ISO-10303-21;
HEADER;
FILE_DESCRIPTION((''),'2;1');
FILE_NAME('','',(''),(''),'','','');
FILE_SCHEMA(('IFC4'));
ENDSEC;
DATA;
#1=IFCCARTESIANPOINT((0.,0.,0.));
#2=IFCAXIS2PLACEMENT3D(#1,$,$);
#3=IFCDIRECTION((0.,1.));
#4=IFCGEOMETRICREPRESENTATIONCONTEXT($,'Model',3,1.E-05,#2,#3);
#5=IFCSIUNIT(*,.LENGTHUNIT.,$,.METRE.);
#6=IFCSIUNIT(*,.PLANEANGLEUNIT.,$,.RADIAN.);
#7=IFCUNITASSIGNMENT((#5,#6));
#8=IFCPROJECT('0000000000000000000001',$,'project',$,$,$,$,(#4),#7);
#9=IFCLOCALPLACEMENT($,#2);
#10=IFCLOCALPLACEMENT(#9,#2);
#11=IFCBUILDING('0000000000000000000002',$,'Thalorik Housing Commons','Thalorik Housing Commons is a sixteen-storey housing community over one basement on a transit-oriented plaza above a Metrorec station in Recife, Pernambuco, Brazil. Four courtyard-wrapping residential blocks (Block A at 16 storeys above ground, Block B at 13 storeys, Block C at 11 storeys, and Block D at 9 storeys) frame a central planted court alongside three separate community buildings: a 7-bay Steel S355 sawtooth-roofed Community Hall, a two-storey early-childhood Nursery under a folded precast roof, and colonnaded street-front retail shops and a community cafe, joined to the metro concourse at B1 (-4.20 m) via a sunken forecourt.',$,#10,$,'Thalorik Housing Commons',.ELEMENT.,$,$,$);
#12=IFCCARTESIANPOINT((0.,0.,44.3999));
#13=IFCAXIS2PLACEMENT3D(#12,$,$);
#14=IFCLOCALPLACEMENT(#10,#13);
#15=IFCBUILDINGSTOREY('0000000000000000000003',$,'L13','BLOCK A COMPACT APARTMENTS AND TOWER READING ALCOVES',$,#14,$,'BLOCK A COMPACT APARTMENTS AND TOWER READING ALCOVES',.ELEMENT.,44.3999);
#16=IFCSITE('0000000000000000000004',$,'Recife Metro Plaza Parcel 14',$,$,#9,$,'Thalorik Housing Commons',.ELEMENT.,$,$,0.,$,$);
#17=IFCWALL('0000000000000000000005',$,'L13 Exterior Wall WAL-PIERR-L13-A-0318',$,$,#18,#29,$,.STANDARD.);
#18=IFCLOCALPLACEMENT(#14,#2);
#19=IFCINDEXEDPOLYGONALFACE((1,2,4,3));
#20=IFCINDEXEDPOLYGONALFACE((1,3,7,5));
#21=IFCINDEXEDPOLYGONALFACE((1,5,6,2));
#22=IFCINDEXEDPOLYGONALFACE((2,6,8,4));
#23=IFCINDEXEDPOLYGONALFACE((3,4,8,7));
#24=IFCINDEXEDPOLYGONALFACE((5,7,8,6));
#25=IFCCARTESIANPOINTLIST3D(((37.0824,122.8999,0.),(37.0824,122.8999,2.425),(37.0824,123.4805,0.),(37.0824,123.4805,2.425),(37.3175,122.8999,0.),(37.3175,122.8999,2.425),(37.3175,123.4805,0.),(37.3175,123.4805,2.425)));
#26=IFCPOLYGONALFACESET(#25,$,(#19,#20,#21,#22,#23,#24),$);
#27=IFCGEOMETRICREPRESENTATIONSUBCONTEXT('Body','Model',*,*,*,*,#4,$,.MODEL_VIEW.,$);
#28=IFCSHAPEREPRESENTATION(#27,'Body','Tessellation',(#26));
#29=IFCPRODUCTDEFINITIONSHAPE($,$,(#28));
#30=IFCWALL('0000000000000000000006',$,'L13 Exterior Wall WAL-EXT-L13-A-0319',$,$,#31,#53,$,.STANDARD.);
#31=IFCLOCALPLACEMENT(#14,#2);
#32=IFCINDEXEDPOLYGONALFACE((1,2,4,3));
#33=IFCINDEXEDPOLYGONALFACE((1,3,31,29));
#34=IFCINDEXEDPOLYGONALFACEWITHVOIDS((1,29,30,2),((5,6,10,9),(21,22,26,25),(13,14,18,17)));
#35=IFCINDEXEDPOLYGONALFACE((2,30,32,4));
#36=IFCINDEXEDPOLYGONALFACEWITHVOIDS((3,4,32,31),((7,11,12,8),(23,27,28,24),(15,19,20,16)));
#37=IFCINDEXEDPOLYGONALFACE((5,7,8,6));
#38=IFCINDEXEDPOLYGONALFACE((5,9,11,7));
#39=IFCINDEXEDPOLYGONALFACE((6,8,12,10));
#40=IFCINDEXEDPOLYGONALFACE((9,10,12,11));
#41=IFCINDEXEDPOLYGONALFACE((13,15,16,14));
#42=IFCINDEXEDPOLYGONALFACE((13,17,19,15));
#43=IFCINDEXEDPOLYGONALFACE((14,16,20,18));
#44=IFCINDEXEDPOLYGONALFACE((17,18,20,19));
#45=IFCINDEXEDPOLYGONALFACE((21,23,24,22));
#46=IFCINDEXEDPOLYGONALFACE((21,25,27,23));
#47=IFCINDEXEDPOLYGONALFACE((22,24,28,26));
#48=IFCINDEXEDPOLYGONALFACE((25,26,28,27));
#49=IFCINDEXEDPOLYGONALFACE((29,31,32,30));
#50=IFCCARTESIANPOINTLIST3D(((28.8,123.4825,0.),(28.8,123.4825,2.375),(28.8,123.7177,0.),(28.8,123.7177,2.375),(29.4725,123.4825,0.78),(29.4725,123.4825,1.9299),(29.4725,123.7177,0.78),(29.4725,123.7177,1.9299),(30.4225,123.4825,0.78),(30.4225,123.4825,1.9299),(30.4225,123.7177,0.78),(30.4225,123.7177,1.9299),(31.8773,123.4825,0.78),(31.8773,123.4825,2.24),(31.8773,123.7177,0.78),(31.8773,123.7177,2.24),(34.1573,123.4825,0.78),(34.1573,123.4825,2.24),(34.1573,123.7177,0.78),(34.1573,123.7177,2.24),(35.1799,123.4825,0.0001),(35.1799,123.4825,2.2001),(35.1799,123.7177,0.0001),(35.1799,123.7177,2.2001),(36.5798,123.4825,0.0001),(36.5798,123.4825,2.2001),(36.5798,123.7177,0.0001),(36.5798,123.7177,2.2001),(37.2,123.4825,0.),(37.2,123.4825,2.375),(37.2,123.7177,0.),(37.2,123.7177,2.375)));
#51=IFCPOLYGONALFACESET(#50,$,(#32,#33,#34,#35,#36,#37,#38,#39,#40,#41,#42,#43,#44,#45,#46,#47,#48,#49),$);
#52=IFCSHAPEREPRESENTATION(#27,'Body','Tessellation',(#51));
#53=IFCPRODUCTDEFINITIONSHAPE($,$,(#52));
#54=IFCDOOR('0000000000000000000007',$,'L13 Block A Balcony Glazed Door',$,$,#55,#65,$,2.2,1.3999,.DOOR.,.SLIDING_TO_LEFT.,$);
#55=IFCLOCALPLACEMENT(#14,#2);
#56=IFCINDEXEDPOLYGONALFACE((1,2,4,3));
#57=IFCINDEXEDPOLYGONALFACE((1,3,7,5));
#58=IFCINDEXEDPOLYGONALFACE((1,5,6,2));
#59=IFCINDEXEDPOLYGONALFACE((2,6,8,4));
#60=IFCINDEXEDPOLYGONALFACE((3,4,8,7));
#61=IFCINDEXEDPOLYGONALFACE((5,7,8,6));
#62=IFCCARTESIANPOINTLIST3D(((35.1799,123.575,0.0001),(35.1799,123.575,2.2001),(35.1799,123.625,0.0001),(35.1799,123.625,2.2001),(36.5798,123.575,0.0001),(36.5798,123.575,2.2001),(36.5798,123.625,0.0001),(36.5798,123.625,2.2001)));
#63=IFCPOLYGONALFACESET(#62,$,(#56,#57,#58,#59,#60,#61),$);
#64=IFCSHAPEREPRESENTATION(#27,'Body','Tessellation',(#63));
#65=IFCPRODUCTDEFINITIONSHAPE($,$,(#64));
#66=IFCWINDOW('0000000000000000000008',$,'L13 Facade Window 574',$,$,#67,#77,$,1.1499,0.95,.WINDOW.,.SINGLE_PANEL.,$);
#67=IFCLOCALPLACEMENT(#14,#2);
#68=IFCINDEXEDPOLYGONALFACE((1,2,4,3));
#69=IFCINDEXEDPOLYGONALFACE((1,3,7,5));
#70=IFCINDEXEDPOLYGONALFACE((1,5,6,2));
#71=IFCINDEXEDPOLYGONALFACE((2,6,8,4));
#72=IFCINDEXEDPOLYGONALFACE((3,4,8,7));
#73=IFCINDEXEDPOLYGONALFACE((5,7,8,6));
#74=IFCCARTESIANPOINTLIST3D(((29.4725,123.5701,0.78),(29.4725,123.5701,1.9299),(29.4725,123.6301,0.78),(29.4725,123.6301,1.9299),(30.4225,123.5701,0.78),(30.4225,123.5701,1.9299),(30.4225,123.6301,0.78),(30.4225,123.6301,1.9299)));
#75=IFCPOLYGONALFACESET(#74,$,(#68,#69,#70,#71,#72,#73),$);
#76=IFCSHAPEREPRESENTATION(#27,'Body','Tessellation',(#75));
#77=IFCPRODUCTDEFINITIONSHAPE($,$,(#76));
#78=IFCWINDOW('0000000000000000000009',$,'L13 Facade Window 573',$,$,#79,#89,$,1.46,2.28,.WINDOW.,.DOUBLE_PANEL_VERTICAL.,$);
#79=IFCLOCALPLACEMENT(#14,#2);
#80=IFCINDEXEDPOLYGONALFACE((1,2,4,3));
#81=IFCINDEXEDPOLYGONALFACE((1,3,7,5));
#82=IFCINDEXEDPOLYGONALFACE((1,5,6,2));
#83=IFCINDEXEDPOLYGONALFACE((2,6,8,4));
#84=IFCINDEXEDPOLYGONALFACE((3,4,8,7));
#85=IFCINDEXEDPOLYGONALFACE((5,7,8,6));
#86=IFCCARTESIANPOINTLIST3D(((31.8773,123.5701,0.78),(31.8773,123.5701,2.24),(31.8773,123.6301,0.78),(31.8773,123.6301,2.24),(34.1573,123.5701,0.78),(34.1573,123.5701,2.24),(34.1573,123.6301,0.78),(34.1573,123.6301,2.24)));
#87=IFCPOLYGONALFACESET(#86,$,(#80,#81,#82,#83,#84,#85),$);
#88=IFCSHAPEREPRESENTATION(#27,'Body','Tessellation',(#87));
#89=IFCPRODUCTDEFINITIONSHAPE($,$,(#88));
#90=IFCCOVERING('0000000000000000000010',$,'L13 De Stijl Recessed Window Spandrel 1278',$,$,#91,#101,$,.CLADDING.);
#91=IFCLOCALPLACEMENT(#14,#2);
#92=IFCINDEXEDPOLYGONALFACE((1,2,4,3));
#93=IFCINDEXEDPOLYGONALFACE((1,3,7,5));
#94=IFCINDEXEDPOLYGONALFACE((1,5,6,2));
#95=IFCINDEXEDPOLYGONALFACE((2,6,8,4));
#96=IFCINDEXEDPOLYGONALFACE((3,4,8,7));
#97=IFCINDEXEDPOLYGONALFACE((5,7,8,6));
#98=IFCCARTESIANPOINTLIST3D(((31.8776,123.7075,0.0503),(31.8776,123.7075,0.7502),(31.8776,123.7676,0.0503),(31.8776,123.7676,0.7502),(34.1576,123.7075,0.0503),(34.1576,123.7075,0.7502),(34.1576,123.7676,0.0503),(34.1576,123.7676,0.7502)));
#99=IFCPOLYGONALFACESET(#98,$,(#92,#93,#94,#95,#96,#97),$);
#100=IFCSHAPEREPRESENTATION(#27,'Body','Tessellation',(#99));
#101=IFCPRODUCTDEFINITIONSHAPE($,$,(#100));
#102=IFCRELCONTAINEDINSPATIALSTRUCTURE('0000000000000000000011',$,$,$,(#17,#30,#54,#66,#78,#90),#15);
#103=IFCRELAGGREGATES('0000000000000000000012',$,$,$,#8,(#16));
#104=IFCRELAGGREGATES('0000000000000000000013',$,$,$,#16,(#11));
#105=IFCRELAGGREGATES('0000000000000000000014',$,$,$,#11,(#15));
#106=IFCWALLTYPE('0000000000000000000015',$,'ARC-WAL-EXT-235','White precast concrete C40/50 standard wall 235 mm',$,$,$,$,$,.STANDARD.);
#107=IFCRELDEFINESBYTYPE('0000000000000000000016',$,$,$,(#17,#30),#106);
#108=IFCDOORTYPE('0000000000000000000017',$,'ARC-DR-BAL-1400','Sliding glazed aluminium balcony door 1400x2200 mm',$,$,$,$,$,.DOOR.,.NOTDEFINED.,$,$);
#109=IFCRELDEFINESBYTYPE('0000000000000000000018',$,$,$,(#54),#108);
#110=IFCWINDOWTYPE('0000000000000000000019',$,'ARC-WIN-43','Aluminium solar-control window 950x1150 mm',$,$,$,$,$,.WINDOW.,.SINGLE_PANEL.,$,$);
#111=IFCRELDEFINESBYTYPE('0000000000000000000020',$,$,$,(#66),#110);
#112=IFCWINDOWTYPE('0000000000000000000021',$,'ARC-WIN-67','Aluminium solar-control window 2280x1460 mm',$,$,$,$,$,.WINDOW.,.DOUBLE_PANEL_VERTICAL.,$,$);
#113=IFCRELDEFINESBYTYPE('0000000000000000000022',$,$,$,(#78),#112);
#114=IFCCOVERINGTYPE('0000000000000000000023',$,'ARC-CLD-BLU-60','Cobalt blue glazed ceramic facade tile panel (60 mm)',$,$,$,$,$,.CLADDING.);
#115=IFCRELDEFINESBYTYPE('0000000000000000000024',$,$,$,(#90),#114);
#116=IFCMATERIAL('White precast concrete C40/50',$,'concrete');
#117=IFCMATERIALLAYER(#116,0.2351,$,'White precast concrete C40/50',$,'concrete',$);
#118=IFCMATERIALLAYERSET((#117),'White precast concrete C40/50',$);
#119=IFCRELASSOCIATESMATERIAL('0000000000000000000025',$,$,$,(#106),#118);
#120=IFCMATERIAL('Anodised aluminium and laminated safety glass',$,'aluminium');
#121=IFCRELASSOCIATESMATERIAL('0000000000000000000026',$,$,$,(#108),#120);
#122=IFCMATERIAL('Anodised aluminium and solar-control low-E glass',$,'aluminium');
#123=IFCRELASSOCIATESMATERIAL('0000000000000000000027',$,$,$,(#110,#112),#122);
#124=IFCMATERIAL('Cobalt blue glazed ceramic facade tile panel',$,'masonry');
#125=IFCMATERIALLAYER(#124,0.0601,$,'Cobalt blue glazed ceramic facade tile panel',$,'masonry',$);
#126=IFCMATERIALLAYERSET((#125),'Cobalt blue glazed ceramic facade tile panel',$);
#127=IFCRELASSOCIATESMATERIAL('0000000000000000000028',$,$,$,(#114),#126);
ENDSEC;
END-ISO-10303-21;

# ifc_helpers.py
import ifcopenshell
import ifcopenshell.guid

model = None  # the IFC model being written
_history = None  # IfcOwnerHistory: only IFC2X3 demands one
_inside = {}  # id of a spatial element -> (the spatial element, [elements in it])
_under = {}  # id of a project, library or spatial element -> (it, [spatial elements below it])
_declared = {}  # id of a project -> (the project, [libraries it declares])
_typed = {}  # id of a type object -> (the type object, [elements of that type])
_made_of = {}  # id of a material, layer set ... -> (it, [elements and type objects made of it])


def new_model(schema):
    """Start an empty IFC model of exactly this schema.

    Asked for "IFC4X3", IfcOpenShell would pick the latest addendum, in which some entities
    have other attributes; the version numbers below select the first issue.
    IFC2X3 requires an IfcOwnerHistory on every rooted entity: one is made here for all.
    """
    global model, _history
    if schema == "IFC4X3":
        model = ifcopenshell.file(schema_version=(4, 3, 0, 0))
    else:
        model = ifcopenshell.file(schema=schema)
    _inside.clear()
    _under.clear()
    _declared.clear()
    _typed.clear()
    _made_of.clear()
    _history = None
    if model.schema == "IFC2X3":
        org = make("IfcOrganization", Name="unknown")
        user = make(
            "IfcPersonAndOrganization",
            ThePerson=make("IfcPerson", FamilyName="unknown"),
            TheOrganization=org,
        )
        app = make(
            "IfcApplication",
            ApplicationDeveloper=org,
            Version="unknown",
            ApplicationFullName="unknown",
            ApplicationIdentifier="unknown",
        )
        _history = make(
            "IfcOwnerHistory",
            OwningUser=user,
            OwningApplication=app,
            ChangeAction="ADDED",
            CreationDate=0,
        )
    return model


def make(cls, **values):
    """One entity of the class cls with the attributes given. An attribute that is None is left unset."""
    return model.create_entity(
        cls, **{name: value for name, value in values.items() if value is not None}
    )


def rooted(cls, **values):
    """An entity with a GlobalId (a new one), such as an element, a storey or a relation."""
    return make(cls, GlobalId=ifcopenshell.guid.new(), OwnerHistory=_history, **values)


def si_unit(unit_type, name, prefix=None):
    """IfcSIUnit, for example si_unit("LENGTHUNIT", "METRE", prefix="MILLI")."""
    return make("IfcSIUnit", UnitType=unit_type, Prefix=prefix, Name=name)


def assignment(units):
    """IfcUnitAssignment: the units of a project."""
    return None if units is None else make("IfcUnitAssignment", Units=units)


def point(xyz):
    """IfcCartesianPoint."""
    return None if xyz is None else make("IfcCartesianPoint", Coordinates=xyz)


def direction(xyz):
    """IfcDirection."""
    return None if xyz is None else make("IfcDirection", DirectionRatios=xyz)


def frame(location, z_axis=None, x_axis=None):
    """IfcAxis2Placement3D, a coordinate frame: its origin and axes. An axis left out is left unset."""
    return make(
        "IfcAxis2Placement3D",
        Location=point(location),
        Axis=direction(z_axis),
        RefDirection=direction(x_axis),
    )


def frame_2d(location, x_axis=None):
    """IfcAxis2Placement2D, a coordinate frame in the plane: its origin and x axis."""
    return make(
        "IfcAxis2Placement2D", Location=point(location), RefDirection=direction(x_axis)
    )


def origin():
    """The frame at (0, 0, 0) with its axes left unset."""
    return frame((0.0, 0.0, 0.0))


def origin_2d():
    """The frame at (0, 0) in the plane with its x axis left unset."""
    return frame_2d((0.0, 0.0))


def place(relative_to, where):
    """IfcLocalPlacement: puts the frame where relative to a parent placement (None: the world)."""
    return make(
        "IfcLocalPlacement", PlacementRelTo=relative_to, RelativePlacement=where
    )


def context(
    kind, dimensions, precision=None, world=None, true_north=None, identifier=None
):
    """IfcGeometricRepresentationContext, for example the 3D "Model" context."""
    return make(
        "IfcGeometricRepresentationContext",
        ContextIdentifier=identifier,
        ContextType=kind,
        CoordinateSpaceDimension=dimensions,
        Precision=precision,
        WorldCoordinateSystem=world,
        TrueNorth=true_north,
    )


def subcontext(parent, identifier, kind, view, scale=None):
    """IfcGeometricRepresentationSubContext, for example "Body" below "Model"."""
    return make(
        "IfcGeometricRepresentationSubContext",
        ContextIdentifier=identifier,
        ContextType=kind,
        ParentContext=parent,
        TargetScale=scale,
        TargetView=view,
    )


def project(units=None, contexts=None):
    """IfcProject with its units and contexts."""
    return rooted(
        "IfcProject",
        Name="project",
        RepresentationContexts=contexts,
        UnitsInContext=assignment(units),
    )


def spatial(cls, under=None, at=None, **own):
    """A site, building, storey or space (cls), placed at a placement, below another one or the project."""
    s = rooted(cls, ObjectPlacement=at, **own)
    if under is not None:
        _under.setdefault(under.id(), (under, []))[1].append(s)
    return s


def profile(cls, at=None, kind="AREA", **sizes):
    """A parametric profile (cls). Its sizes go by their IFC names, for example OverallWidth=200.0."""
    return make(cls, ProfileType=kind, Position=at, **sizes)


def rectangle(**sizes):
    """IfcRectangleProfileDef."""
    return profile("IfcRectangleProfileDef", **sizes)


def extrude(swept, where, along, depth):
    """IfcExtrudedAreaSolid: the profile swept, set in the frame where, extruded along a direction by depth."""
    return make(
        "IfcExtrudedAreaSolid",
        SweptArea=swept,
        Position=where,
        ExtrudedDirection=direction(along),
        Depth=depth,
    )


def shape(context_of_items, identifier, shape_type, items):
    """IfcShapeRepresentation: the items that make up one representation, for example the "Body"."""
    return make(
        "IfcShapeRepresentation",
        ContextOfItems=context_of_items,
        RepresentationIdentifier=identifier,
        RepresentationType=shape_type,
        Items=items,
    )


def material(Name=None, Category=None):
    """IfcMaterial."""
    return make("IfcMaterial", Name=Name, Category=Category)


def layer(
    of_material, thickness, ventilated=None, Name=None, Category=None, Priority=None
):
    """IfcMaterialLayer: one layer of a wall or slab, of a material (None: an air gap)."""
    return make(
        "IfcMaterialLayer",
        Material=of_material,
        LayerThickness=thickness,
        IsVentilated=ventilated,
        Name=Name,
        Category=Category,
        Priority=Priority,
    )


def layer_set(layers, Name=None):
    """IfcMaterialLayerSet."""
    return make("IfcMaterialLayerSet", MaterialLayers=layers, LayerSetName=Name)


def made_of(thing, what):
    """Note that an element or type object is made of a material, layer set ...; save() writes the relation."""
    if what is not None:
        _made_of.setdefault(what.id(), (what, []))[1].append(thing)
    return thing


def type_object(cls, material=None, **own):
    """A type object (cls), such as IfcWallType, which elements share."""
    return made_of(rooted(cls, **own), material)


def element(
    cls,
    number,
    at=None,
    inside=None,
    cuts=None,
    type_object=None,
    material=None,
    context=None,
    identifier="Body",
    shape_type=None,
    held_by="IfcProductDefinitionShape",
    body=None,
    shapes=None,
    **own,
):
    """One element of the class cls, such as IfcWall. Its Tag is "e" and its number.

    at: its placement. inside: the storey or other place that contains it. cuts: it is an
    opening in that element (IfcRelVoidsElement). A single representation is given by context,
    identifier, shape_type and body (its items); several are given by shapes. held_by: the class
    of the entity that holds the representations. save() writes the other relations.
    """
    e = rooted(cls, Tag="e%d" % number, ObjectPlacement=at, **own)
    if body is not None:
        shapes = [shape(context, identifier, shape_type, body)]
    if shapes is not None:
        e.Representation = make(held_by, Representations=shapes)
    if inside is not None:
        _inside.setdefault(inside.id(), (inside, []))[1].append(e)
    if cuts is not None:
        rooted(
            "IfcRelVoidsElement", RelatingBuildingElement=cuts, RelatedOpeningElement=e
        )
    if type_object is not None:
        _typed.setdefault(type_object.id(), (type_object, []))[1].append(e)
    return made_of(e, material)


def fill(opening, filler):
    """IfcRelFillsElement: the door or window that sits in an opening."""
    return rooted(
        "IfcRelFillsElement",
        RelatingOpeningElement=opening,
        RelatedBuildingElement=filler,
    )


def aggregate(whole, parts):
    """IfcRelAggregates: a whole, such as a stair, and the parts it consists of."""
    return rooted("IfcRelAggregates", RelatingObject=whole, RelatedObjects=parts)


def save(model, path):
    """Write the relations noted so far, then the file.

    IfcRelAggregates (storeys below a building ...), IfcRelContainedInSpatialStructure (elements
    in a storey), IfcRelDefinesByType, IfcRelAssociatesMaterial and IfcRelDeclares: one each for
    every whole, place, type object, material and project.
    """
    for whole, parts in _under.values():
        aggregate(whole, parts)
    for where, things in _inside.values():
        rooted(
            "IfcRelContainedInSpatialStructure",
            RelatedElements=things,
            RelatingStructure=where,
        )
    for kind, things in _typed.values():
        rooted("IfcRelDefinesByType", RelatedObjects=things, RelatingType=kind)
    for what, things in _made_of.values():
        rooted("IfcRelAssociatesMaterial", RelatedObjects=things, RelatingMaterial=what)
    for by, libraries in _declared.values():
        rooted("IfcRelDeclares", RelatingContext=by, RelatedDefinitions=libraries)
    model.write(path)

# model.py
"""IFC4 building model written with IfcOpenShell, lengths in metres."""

from ifc_helpers import new_model, si_unit, direction, frame, frame_2d, origin, origin_2d, place, context, subcontext, project, spatial, rectangle, extrude, material, layer, layer_set, type_object, element, fill, save


model = new_model("IFC4")

# Units and contexts
model_context = context("Model", 3, precision=1e-05, world=origin(), true_north=direction((0.0, 1.0)))
body_context = subcontext(model_context, "Body", "Model", "MODEL_VIEW")
ifc_project = project(units=[si_unit("LENGTHUNIT", "METRE"), si_unit("PLANEANGLEUNIT", "RADIAN")], contexts=[model_context])

# Site, building, storey
site_placement = place(None, origin())
site = spatial("IfcSite", under=ifc_project, at=site_placement, Name="Recife Metro Plaza Parcel 14", LongName="Thalorik Housing Commons", CompositionType="ELEMENT", RefElevation=0.0)
building_placement = place(site_placement, origin())
building = spatial("IfcBuilding", under=site, at=building_placement, Name="Thalorik Housing Commons", Description="Thalorik Housing Commons is a sixteen-storey housing community over one basement on a transit-oriented plaza above a Metrorec station in Recife, Pernambuco, Brazil. Four courtyard-wrapping residential blocks (Block A at 16 storeys above ground, Block B at 13 storeys, Block C at 11 storeys, and Block D at 9 storeys) frame a central planted court alongside three separate community buildings: a 7-bay Steel S355 sawtooth-roofed Community Hall, a two-storey early-childhood Nursery under a folded precast roof, and colonnaded street-front retail shops and a community cafe, joined to the metro concourse at B1 (-4.20 m) via a sunken forecourt.", LongName="Thalorik Housing Commons", CompositionType="ELEMENT")
storey_placement = place(building_placement, frame((0.0, 0.0, 44.3999)))
storey = spatial("IfcBuildingStorey", under=building, at=storey_placement, Name="L13", Description="BLOCK A COMPACT APARTMENTS AND TOWER READING ALCOVES", LongName="BLOCK A COMPACT APARTMENTS AND TOWER READING ALCOVES", CompositionType="ELEMENT", Elevation=44.3999)

# Shared definitions
ifc_material_1 = material(Name="Anodised aluminium and solar-control low-E glass", Category="aluminium")

# Wall
ifc_material_2 = material(Name="White precast concrete C40/50", Category="concrete")
ifc_layer_1 = layer(ifc_material_2, 0.2351, Name="White precast concrete C40/50", Category="concrete")
ifc_layer_set_1 = layer_set([ifc_layer_1], Name="White precast concrete C40/50")
wall_type = type_object("IfcWallType", Name="ARC-WAL-EXT-235", Description="White precast concrete C40/50 standard wall 235 mm", PredefinedType="STANDARD", material=ifc_layer_set_1)
wall_1_placement = place(storey_placement, frame((37.2, 122.8999, 0.0), z_axis=(0.0, 0.0, 1.0), x_axis=(0.0, 1.0, 0.0)))
element("IfcWall", 1, at=wall_1_placement, inside=storey, type_object=wall_type, Name="L13 Exterior Wall WAL-PIERR-L13-A-0318", PredefinedType="STANDARD", context=body_context, shape_type="SweptSolid", body=[
    extrude(rectangle(XDim=0.5806, YDim=0.2351, at=frame_2d((0.2903, 0.0))), origin(), (0.0, 0.0, 1.0), 2.425),
])

# Wall, openings, door, windows
wall_2_placement = place(storey_placement, frame((37.2, 123.6001, 0.0), z_axis=(0.0, 0.0, 1.0), x_axis=(-1.0, 0.0, 0.0)))
wall_2 = element("IfcWall", 2, at=wall_2_placement, inside=storey, type_object=wall_type, Name="L13 Exterior Wall WAL-EXT-L13-A-0319", PredefinedType="STANDARD", context=body_context, shape_type="SweptSolid", body=[
    extrude(rectangle(XDim=8.3999, YDim=0.2351, at=frame_2d((4.2, 0.0))), origin(), (0.0, 0.0, 1.0), 2.375),
])
opening_1_placement = place(wall_2_placement, frame((0.6201, 0.0, 0.0)))
opening_1 = element("IfcOpeningElement", 3, at=opening_1_placement, cuts=wall_2, PredefinedType="OPENING", context=body_context, shape_type="SweptSolid", body=[
    extrude(rectangle(XDim=1.3999, YDim=2.2, at=frame_2d((0.7, 1.1001))), frame((0.0, 0.1274, 0.0), z_axis=(0.0, -1.0, 0.0), x_axis=(1.0, 0.0, 0.0)), (0.0, 0.0, 1.0), 0.2551),
])
opening_2_placement = place(wall_2_placement, frame((3.0425, 0.0, 0.78)))
opening_2 = element("IfcOpeningElement", 4, at=opening_2_placement, cuts=wall_2, PredefinedType="OPENING", context=body_context, shape_type="SweptSolid", body=[
    extrude(rectangle(XDim=2.28, YDim=1.46, at=frame_2d((1.1401, 0.73))), frame((0.0, 0.1274, 0.0), z_axis=(0.0, -1.0, 0.0), x_axis=(1.0, 0.0, 0.0)), (0.0, 0.0, 1.0), 0.2551),
])
opening_3_placement = place(wall_2_placement, frame((6.7773, 0.0, 0.78)))
opening_3 = element("IfcOpeningElement", 5, at=opening_3_placement, cuts=wall_2, PredefinedType="OPENING", context=body_context, shape_type="SweptSolid", body=[
    extrude(rectangle(XDim=0.95, YDim=1.1499, at=frame_2d((0.4751, 0.575))), frame((0.0, 0.1274, 0.0), z_axis=(0.0, -1.0, 0.0), x_axis=(1.0, 0.0, 0.0)), (0.0, 0.0, 1.0), 0.2551),
])
ifc_material_3 = material(Name="Anodised aluminium and laminated safety glass", Category="aluminium")
door_type = type_object("IfcDoorType", Name="ARC-DR-BAL-1400", Description="Sliding glazed aluminium balcony door 1400x2200 mm", OperationType="NOTDEFINED", PredefinedType="DOOR", material=ifc_material_3)
door_placement = place(opening_1_placement, frame((1.3999, 0.0, 0.0), z_axis=(0.0, 0.0, 1.0), x_axis=(-1.0, 0.0, 0.0)))
door = element("IfcDoor", 6, at=door_placement, inside=storey, type_object=door_type, Name="L13 Block A Balcony Glazed Door", OperationType="SLIDING_TO_LEFT", OverallHeight=2.2, OverallWidth=1.3999, PredefinedType="DOOR", context=body_context, shape_type="SweptSolid", body=[
    extrude(rectangle(XDim=1.3999, YDim=2.2, at=frame_2d((0.7, 1.1001))), frame((0.0, 0.0249, 0.0), z_axis=(0.0, -1.0, 0.0), x_axis=(1.0, 0.0, 0.0)), (0.0, 0.0, 1.0), 0.05),
])
fill(opening_1, door)
window_type_1 = type_object("IfcWindowType", Name="ARC-WIN-43", Description="Aluminium solar-control window 950x1150 mm", PartitioningType="SINGLE_PANEL", PredefinedType="WINDOW", material=ifc_material_1)
window_1_placement = place(opening_3_placement, origin())
window_1 = element("IfcWindow", 7, at=window_1_placement, inside=storey, type_object=window_type_1, Name="L13 Facade Window 574", OverallHeight=1.1499, OverallWidth=0.95, PartitioningType="SINGLE_PANEL", PredefinedType="WINDOW", context=body_context, shape_type="SweptSolid", body=[
    extrude(rectangle(XDim=0.95, YDim=1.1499, at=frame_2d((0.4751, 0.575))), frame((0.0, 0.03, 0.0), z_axis=(0.0, -1.0, 0.0), x_axis=(1.0, 0.0, 0.0)), (0.0, 0.0, 1.0), 0.0601),
])
fill(opening_3, window_1)
window_type_2 = type_object("IfcWindowType", Name="ARC-WIN-67", Description="Aluminium solar-control window 2280x1460 mm", PartitioningType="DOUBLE_PANEL_VERTICAL", PredefinedType="WINDOW", material=ifc_material_1)
window_2_placement = place(opening_2_placement, origin())
window_2 = element("IfcWindow", 8, at=window_2_placement, inside=storey, type_object=window_type_2, Name="L13 Facade Window 573", OverallHeight=1.46, OverallWidth=2.28, PartitioningType="DOUBLE_PANEL_VERTICAL", PredefinedType="WINDOW", context=body_context, shape_type="SweptSolid", body=[
    extrude(rectangle(XDim=2.28, YDim=1.46, at=frame_2d((1.1401, 0.73))), frame((0.0, 0.03, 0.0), z_axis=(0.0, -1.0, 0.0), x_axis=(1.0, 0.0, 0.0)), (0.0, 0.0, 1.0), 0.0601),
])
fill(opening_2, window_2)

# Covering
ifc_material_4 = material(Name="Cobalt blue glazed ceramic facade tile panel", Category="masonry")
ifc_layer_2 = layer(ifc_material_4, 0.0601, Name="Cobalt blue glazed ceramic facade tile panel", Category="masonry")
ifc_layer_set_2 = layer_set([ifc_layer_2], Name="Cobalt blue glazed ceramic facade tile panel")
covering_type_1 = type_object("IfcCoveringType", Name="ARC-CLD-BLU-60", Description="Cobalt blue glazed ceramic facade tile panel (60 mm)", PredefinedType="CLADDING", material=ifc_layer_set_2)
covering_1_placement = place(storey_placement, frame((33.0176, 123.7375, 0.0503), z_axis=(0.0, 0.0, 1.0), x_axis=(-1.0, 0.0, 0.0)))
element("IfcCovering", 9, at=covering_1_placement, inside=storey, type_object=covering_type_1, Name="L13 De Stijl Recessed Window Spandrel 1278", PredefinedType="CLADDING", context=body_context, shape_type="SweptSolid", body=[
    extrude(rectangle(XDim=2.28, YDim=0.0601, at=origin_2d()), origin(), (0.0, 0.0, 1.0), 0.7),
])

save(model, "model.ifc")
